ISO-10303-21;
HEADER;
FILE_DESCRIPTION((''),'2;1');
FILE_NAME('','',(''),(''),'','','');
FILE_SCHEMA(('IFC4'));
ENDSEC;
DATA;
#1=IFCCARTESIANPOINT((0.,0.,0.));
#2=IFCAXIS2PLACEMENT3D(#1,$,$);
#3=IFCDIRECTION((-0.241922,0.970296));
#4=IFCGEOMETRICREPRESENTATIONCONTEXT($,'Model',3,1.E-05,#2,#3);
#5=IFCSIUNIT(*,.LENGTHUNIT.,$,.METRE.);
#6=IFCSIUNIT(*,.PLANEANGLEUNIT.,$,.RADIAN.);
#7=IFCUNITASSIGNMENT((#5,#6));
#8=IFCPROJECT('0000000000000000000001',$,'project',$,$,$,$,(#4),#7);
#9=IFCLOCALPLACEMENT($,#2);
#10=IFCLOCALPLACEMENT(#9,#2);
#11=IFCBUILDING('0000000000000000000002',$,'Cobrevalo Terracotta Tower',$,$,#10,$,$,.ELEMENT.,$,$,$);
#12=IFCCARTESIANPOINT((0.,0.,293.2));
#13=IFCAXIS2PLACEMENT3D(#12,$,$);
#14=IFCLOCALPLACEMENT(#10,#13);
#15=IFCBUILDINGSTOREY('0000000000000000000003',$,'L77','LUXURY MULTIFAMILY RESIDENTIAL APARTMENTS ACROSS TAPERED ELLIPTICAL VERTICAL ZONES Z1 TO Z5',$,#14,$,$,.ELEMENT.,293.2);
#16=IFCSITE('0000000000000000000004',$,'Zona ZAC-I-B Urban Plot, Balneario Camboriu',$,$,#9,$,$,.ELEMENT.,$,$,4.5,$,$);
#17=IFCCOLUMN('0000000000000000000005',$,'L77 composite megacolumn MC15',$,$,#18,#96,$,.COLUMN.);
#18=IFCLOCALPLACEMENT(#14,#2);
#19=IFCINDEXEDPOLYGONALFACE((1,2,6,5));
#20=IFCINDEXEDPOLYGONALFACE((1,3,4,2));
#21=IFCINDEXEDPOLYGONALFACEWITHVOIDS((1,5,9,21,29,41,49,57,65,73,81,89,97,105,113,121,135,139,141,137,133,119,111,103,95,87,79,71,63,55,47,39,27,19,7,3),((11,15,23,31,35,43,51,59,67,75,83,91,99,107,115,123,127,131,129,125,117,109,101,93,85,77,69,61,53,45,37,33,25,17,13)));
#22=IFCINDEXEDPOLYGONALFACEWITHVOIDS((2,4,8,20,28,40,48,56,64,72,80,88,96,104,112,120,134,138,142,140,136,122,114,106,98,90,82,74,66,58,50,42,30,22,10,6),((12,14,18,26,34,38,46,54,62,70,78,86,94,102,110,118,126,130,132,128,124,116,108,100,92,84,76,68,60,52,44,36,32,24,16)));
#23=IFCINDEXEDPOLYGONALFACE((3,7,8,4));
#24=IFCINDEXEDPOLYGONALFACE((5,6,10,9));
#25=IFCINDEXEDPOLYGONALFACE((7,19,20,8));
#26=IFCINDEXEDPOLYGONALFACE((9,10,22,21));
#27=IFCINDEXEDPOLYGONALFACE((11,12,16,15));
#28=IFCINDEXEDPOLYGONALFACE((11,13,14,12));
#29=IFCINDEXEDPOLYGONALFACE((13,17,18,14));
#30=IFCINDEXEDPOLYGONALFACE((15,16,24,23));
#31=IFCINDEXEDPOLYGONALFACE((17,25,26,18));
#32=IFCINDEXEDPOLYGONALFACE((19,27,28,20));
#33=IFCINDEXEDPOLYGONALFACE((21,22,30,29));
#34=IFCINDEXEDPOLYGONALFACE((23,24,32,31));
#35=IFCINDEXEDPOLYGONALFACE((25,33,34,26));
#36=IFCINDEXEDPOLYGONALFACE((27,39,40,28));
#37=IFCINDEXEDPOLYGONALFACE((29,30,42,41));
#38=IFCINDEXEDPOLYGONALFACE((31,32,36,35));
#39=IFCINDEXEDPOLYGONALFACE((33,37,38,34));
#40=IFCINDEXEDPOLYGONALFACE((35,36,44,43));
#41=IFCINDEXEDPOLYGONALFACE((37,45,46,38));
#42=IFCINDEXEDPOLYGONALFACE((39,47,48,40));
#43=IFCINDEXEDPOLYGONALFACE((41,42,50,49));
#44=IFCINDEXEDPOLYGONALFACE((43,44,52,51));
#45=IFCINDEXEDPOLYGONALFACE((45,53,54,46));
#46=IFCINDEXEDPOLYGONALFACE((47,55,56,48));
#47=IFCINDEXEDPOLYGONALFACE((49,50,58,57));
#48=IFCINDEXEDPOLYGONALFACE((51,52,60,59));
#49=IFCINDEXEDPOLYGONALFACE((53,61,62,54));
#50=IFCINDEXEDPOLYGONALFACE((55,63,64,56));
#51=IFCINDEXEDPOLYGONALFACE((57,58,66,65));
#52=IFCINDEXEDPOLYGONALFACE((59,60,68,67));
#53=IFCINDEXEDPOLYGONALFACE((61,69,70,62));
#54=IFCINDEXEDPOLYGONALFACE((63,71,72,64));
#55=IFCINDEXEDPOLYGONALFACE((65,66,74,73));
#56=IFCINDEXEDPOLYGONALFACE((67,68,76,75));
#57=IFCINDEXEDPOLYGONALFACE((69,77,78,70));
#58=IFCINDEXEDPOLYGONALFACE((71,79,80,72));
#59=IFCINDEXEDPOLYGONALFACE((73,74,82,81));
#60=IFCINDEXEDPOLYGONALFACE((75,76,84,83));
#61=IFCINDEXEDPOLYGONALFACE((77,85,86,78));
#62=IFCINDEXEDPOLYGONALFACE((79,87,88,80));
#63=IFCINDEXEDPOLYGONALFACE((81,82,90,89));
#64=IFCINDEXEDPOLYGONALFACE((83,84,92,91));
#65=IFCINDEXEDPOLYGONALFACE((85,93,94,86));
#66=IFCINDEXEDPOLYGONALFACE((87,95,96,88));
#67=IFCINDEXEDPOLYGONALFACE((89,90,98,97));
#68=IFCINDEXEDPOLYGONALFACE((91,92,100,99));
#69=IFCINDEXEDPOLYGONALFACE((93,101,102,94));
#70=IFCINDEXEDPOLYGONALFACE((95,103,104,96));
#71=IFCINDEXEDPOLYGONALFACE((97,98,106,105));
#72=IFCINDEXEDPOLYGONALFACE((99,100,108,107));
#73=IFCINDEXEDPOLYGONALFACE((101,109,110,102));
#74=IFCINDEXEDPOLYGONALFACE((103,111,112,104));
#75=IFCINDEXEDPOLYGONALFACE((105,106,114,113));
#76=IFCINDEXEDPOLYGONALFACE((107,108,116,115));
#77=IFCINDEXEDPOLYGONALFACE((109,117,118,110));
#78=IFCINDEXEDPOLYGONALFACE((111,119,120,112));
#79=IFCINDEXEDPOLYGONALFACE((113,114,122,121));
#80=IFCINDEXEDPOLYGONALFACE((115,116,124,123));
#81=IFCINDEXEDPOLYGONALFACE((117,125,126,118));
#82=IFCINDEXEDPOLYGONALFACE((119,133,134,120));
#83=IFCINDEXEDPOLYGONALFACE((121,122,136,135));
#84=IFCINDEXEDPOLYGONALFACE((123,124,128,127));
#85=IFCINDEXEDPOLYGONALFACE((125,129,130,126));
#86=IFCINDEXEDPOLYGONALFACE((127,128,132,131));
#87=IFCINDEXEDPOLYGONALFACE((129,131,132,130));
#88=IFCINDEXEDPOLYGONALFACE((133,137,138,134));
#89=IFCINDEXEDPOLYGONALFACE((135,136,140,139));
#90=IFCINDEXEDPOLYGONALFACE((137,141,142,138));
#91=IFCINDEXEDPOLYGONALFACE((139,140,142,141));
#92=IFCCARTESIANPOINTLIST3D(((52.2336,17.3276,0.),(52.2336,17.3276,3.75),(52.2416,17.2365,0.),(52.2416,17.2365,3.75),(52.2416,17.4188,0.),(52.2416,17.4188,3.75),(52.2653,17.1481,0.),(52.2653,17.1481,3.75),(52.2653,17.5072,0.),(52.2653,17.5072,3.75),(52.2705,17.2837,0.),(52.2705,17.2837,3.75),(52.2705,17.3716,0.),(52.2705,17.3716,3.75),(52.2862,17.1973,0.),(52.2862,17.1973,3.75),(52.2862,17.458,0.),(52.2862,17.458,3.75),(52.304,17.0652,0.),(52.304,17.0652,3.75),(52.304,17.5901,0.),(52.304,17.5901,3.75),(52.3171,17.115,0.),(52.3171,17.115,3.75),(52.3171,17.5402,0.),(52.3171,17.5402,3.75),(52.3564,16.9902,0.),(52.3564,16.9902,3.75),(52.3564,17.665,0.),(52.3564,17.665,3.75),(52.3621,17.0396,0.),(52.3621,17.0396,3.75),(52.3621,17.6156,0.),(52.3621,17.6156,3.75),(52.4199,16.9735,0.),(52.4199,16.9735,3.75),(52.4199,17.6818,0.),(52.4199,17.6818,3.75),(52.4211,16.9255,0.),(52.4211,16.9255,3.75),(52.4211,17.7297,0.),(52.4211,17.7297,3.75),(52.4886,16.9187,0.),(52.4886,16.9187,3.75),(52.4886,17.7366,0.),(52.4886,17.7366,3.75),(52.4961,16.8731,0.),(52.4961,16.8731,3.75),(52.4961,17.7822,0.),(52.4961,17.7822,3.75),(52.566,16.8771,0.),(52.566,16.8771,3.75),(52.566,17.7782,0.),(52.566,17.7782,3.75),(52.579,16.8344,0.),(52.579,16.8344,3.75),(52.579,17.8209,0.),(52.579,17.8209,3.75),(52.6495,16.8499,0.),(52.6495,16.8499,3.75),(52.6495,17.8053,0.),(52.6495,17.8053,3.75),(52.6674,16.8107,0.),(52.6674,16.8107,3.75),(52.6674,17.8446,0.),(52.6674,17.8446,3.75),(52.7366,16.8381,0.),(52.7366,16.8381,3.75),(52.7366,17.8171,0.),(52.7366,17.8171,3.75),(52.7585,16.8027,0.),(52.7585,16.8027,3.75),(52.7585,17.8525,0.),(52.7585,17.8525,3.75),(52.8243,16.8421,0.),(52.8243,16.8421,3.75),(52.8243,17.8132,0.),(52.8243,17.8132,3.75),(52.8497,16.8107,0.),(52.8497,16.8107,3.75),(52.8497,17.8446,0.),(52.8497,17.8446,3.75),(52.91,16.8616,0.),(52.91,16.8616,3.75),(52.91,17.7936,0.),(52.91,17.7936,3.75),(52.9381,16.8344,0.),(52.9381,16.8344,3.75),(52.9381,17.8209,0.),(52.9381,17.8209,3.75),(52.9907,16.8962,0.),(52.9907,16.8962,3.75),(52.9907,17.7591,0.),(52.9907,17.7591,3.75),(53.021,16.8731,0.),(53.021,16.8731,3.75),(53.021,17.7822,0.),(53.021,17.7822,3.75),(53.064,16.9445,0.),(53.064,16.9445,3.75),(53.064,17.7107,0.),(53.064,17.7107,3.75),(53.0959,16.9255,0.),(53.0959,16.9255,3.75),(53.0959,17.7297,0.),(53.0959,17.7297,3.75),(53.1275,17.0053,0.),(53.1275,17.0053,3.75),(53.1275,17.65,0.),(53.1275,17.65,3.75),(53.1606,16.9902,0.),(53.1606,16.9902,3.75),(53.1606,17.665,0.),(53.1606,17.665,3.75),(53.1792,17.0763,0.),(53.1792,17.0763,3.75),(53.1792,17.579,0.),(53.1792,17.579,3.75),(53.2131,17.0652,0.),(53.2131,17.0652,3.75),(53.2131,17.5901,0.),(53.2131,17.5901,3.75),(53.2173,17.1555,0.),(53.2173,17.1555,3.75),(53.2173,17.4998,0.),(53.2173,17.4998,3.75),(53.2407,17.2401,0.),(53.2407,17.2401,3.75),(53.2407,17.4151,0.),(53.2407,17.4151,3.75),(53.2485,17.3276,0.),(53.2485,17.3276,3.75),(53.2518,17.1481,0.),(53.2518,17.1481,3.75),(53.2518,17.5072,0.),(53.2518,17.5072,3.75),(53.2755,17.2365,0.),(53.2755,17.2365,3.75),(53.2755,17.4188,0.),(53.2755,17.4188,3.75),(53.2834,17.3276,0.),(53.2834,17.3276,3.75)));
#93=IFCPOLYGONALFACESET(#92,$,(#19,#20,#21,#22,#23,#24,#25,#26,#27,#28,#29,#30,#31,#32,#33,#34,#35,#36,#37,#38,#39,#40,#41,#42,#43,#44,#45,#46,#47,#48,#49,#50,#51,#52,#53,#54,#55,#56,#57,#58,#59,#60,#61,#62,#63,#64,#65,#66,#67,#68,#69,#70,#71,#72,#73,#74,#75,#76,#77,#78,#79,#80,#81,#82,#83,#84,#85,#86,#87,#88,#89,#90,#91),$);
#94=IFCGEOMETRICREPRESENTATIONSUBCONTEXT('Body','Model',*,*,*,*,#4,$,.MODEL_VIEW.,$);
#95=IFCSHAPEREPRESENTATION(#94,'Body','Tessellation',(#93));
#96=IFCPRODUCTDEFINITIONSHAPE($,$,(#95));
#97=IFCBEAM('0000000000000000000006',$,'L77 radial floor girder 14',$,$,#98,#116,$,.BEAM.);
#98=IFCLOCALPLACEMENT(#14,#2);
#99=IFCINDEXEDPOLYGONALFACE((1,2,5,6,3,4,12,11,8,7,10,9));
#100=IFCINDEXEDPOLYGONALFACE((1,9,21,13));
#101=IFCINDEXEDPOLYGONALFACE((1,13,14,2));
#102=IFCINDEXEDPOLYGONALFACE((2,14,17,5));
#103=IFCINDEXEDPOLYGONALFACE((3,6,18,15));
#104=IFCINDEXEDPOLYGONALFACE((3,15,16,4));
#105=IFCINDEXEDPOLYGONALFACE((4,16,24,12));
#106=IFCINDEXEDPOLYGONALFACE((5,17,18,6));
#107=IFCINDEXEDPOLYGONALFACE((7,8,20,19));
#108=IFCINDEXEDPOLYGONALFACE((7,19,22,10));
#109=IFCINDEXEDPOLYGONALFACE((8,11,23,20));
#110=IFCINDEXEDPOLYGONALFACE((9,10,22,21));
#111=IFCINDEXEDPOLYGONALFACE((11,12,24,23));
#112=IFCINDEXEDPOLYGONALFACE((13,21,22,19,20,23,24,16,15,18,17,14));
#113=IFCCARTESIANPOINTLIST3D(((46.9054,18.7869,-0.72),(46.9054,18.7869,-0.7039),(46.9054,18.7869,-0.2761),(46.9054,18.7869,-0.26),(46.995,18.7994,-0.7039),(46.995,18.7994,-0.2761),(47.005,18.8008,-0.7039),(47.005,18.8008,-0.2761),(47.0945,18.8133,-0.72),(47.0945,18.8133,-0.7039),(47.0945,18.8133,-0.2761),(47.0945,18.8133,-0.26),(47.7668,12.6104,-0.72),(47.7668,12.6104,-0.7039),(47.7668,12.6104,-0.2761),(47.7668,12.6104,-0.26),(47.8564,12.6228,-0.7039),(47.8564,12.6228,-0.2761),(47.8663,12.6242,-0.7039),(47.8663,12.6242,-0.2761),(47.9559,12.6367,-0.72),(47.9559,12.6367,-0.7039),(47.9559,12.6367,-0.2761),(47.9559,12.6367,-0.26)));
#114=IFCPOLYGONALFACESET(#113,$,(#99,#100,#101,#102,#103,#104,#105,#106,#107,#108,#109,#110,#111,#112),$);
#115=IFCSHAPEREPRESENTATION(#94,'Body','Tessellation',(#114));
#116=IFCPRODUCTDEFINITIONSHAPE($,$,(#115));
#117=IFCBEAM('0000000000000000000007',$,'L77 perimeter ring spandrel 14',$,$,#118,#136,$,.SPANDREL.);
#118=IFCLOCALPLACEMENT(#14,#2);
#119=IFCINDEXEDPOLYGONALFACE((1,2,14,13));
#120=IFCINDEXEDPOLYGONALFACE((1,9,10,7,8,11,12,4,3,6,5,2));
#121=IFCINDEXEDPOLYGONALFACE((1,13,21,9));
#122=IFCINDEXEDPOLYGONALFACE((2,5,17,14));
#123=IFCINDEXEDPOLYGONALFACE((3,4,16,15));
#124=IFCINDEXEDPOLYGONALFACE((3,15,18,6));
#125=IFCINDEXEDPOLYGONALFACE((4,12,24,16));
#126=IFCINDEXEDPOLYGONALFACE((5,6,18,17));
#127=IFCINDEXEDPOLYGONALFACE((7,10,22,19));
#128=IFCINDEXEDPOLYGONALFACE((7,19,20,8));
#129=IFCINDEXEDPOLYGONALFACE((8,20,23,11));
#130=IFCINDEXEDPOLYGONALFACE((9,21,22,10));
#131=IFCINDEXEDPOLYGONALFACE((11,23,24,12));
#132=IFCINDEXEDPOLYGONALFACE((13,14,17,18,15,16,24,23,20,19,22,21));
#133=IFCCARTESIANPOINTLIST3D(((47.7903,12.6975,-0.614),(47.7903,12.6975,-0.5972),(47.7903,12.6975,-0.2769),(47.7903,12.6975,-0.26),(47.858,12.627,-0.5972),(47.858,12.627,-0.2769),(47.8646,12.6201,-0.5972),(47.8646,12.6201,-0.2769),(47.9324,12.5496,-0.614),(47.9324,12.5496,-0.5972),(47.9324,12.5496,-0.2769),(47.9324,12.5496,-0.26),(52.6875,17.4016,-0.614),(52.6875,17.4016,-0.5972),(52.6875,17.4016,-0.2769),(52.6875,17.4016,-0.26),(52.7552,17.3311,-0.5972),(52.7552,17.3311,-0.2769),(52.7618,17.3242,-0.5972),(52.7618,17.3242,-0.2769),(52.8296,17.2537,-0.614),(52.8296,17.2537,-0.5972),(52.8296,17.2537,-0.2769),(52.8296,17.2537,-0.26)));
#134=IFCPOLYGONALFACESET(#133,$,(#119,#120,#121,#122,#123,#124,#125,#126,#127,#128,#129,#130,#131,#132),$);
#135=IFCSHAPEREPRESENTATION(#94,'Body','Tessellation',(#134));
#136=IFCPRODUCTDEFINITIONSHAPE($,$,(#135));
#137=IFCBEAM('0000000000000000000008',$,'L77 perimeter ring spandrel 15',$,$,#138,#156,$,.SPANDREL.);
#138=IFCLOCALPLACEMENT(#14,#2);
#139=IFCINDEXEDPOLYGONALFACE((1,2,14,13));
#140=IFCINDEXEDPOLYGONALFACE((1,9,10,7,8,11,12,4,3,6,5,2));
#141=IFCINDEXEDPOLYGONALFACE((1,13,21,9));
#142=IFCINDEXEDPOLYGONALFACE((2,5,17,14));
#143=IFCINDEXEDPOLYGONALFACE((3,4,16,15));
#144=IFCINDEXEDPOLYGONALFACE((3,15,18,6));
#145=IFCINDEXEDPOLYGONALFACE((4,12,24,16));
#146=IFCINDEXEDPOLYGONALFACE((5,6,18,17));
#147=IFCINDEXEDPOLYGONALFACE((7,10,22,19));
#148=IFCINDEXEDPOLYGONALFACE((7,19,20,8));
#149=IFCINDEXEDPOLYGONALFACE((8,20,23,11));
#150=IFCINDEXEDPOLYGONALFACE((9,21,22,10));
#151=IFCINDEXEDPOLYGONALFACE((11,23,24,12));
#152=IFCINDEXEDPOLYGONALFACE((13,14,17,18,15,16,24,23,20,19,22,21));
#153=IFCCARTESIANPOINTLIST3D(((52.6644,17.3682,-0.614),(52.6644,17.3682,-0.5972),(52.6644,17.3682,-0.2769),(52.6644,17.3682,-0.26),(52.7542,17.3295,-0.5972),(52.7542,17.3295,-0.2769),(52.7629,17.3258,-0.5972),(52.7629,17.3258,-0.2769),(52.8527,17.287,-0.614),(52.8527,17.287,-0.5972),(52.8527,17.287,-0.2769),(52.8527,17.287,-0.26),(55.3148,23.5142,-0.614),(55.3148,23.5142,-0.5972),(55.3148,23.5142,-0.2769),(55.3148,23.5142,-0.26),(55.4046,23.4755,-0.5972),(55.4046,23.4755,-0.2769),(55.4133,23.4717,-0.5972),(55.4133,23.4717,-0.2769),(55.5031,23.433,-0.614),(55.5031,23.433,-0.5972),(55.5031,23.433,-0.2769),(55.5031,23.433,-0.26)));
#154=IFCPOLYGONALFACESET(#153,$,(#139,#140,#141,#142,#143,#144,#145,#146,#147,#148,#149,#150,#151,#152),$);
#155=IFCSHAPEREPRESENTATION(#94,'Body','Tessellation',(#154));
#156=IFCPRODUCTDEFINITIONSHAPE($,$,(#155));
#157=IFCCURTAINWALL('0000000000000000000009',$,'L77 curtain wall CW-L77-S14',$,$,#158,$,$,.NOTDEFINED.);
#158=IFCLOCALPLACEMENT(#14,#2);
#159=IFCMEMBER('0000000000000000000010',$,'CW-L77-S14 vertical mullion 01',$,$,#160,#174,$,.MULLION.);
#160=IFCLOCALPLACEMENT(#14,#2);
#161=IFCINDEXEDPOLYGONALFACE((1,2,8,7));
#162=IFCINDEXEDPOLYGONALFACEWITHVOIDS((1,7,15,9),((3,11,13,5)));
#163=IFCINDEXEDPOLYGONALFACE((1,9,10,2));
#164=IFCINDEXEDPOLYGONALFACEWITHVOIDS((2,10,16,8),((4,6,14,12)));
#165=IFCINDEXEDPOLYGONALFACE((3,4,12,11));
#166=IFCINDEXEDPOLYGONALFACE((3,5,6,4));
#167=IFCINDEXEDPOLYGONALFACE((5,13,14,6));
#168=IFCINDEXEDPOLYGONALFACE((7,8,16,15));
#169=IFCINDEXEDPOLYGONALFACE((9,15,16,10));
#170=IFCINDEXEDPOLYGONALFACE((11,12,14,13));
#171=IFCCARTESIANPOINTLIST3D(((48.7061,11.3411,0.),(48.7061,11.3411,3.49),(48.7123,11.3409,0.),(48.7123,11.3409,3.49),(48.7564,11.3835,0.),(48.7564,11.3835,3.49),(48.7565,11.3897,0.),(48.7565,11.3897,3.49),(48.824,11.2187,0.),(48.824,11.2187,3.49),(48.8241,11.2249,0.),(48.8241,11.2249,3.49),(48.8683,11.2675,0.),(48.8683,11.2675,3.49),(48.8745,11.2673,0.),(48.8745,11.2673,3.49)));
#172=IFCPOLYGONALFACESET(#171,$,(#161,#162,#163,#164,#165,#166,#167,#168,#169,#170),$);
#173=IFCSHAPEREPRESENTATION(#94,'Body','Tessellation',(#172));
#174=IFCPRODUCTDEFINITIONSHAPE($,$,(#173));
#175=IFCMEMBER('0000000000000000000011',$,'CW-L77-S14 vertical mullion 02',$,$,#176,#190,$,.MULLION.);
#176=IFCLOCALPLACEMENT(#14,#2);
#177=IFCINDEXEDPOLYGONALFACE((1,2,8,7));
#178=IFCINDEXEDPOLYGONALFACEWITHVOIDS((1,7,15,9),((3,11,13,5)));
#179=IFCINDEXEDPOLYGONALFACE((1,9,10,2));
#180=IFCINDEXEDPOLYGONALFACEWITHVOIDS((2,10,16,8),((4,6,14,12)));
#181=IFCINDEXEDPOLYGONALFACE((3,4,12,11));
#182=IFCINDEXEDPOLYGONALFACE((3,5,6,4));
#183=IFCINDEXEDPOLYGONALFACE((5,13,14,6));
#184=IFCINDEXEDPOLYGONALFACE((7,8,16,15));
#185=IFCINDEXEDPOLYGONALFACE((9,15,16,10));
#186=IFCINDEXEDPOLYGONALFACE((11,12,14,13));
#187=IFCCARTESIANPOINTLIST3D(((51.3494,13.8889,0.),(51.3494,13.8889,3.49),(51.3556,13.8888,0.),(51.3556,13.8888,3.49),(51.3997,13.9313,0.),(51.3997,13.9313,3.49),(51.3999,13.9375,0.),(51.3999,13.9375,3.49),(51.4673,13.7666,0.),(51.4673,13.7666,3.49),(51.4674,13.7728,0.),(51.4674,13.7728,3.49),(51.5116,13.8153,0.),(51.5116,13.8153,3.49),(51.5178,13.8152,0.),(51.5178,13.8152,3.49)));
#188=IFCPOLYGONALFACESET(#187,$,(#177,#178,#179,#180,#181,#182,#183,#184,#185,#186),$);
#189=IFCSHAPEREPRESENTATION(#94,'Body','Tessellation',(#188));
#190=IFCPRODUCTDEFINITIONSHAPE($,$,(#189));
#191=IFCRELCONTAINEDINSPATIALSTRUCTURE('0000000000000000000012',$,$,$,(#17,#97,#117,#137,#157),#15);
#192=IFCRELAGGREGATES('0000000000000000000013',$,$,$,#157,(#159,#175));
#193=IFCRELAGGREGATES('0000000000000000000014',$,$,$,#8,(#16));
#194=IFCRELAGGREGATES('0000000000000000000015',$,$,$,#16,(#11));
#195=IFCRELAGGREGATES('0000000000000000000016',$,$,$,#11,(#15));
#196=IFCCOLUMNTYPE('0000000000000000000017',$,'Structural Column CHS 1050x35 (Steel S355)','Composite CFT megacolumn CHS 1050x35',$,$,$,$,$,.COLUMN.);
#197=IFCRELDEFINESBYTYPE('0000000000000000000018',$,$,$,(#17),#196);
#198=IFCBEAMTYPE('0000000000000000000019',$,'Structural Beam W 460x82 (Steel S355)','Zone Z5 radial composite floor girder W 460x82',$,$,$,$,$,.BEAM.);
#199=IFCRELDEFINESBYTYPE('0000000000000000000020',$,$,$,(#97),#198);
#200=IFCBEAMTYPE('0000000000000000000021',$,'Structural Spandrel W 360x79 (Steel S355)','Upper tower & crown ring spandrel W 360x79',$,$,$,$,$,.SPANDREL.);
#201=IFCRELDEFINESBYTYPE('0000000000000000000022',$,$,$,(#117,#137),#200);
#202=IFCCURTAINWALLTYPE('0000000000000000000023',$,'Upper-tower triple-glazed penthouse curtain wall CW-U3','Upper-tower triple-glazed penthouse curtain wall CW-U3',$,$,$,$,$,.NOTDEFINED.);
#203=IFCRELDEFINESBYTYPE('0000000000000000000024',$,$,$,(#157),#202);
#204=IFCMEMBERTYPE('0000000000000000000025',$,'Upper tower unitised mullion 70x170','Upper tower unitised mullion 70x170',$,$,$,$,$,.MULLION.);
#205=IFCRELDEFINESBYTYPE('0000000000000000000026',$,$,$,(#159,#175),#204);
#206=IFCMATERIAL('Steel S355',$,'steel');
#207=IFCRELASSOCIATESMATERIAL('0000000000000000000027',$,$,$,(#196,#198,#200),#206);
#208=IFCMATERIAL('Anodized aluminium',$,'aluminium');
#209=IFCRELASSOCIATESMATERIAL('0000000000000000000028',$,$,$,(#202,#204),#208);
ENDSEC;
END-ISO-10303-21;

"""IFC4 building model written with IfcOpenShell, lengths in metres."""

from ifc_helpers import new_model, si_unit, direction, frame, origin, origin_2d, place, context, subcontext, project, spatial, hollow_rectangle, hollow_circle, i_section, extrude, source, transform, mapped, material, material_profile, profile_set, type_object, element, aggregate, save


model = new_model("IFC4")

# Units and contexts
model_context = context("Model", 3, precision=1e-05, world=origin(), true_north=direction((-0.241922, 0.970296)))
body_context = subcontext(model_context, "Body", "Model", "MODEL_VIEW")
ifc_project = project(units=[si_unit("LENGTHUNIT", "METRE"), si_unit("PLANEANGLEUNIT", "RADIAN")], contexts=[model_context])

# Site, building, storey
site_placement = place(None, origin())
site = spatial("IfcSite", under=ifc_project, at=site_placement, Name="Zona ZAC-I-B Urban Plot, Balneario Camboriu", CompositionType="ELEMENT", RefElevation=4.5)
building_placement = place(site_placement, origin())
building = spatial("IfcBuilding", under=site, at=building_placement, Name="Cobrevalo Terracotta Tower", CompositionType="ELEMENT")
storey_placement = place(building_placement, frame((0.0, 0.0, 293.2)))
storey = spatial("IfcBuildingStorey", under=building, at=storey_placement, Name="L77", Description="LUXURY MULTIFAMILY RESIDENTIAL APARTMENTS ACROSS TAPERED ELLIPTICAL VERTICAL ZONES Z1 TO Z5", CompositionType="ELEMENT", Elevation=293.2)

# Column
ifc_material_1 = material(Name="Steel S355", Category="steel")
ifc_material_profile_1 = material_profile(ifc_material_1, hollow_circle(Radius=0.5249, WallThickness=0.0349, at=origin_2d()), Name="CHS 1050x35")
ifc_profile_set_1 = profile_set([ifc_material_profile_1], Name="Steel S355")
column_type = type_object("IfcColumnType", Name="Structural Column CHS 1050x35 (Steel S355)", Description="Composite CFT megacolumn CHS 1050x35", PredefinedType="COLUMN", material=ifc_profile_set_1)
column_placement = place(storey_placement, frame((52.7585, 17.3276, 0.0), z_axis=(0.0, 0.0, 1.0), x_axis=(1.0, 0.0, 0.0)))
element("IfcColumn", 1, at=column_placement, inside=storey, type_object=column_type, Name="L77 composite megacolumn MC15", PredefinedType="COLUMN", context=body_context, shape_type="SweptSolid", body=[
    extrude(hollow_circle(Radius=0.5249, WallThickness=0.0349, at=origin_2d()), origin(), (0.0, 0.0, 1.0), 3.75),
])

# Beams
ifc_material_profile_2 = material_profile(ifc_material_1, i_section(OverallWidth=0.1909, OverallDepth=0.46, WebThickness=0.01, FlangeThickness=0.0161, at=origin_2d()), Name="W 460x82")
ifc_profile_set_2 = profile_set([ifc_material_profile_2], Name="Steel S355")
beam_type_1 = type_object("IfcBeamType", Name="Structural Beam W 460x82 (Steel S355)", Description="Zone Z5 radial composite floor girder W 460x82", PredefinedType="BEAM", material=ifc_profile_set_2)
beam_1_placement = place(storey_placement, frame((47.8613, 12.6235, -0.49), z_axis=(-0.138116, 0.990416, 0.0), x_axis=(-0.990416, -0.138116, 0.0)))
element("IfcBeam", 2, at=beam_1_placement, inside=storey, type_object=beam_type_1, Name="L77 radial floor girder 14", PredefinedType="BEAM", context=body_context, shape_type="SweptSolid", body=[
    extrude(i_section(OverallWidth=0.1909, OverallDepth=0.46, WebThickness=0.01, FlangeThickness=0.0161, at=origin_2d()), origin(), (0.0, 0.0, 1.0), 6.2363),
])
ifc_material_profile_3 = material_profile(ifc_material_1, i_section(OverallWidth=0.2051, OverallDepth=0.354, WebThickness=0.0095, FlangeThickness=0.0168, at=origin_2d()), Name="W 360x79")
ifc_profile_set_3 = profile_set([ifc_material_profile_3], Name="Steel S355")
beam_type_2 = type_object("IfcBeamType", Name="Structural Spandrel W 360x79 (Steel S355)", Description="Upper tower & crown ring spandrel W 360x79", PredefinedType="SPANDREL", material=ifc_profile_set_3)
beam_2_placement = place(storey_placement, frame((47.8613, 12.6235, -0.437), z_axis=(0.721183, 0.692744, 0.0), x_axis=(-0.692744, 0.721183, 0.0)))
element("IfcBeam", 3, at=beam_2_placement, inside=storey, type_object=beam_type_2, Name="L77 perimeter ring spandrel 14", PredefinedType="SPANDREL", context=body_context, shape_type="SweptSolid", body=[
    extrude(i_section(OverallWidth=0.2051, OverallDepth=0.354, WebThickness=0.0095, FlangeThickness=0.0168, at=origin_2d()), origin(), (0.0, 0.0, 1.0), 6.7905),
])
beam_3_placement = place(storey_placement, frame((52.7585, 17.3276, -0.437), z_axis=(0.395987, 0.918256, 0.0), x_axis=(-0.918256, 0.395987, 0.0)))
element("IfcBeam", 4, at=beam_3_placement, inside=storey, type_object=beam_type_2, Name="L77 perimeter ring spandrel 15", PredefinedType="SPANDREL", context=body_context, shape_type="SweptSolid", body=[
    extrude(i_section(OverallWidth=0.2051, OverallDepth=0.354, WebThickness=0.0095, FlangeThickness=0.0168, at=origin_2d()), origin(), (0.0, 0.0, 1.0), 6.6931),
])

# Curtain wall, members
ifc_material_2 = material(Name="Anodized aluminium", Category="aluminium")
curtain_wall_type = type_object("IfcCurtainWallType", Name="Upper-tower triple-glazed penthouse curtain wall CW-U3", Description="Upper-tower triple-glazed penthouse curtain wall CW-U3", PredefinedType="NOTDEFINED", material=ifc_material_2)
curtain_wall_1_placement = place(storey_placement, origin())
curtain_wall_1 = element("IfcCurtainWall", 5, at=curtain_wall_1_placement, inside=storey, type_object=curtain_wall_type, Name="L77 curtain wall CW-L77-S14", PredefinedType="NOTDEFINED")
ifc_material_profile_4 = material_profile(ifc_material_2, hollow_rectangle(XDim=0.0701, YDim=0.1699, WallThickness=0.0044, at=origin_2d()), Name="CWM 70x170")
ifc_profile_set_4 = profile_set([ifc_material_profile_4], Name="Anodized aluminium")
member_type_1 = type_object("IfcMemberType", Name="Upper tower unitised mullion 70x170", Description="Upper tower unitised mullion 70x170", PredefinedType="MULLION", material=ifc_profile_set_4)
shared_shape_1 = source(origin(), body_context, "Body", "SweptSolid", [
    extrude(hollow_rectangle(XDim=0.0701, YDim=0.1699, WallThickness=0.0044, at=origin_2d()), origin(), (0.0, 0.0, 1.0), 3.49),
])
member_1_placement = place(storey_placement, frame((48.7903, 11.3042, 0.0), z_axis=(0.0, 0.0, 1.0), x_axis=(0.719994, 0.69398, 0.0)))
member_1 = element("IfcMember", 6, at=member_1_placement, type_object=member_type_1, Name="CW-L77-S14 vertical mullion 01", PredefinedType="MULLION", context=body_context, shape_type="MappedRepresentation", body=[
    mapped(shared_shape_1, transform((0.0, 0.0, 0.0), scale=1.0)),
])
member_2_placement = place(storey_placement, frame((51.4336, 13.8521, 0.0), z_axis=(0.0, 0.0, 1.0), x_axis=(0.719994, 0.69398, 0.0)))
member_2 = element("IfcMember", 7, at=member_2_placement, type_object=member_type_1, Name="CW-L77-S14 vertical mullion 02", PredefinedType="MULLION", context=body_context, shape_type="MappedRepresentation", body=[
    mapped(shared_shape_1, transform((0.0, 0.0, 0.0), scale=1.0)),
])

aggregate(curtain_wall_1, [member_1, member_2])

save(model, "model.ifc")
